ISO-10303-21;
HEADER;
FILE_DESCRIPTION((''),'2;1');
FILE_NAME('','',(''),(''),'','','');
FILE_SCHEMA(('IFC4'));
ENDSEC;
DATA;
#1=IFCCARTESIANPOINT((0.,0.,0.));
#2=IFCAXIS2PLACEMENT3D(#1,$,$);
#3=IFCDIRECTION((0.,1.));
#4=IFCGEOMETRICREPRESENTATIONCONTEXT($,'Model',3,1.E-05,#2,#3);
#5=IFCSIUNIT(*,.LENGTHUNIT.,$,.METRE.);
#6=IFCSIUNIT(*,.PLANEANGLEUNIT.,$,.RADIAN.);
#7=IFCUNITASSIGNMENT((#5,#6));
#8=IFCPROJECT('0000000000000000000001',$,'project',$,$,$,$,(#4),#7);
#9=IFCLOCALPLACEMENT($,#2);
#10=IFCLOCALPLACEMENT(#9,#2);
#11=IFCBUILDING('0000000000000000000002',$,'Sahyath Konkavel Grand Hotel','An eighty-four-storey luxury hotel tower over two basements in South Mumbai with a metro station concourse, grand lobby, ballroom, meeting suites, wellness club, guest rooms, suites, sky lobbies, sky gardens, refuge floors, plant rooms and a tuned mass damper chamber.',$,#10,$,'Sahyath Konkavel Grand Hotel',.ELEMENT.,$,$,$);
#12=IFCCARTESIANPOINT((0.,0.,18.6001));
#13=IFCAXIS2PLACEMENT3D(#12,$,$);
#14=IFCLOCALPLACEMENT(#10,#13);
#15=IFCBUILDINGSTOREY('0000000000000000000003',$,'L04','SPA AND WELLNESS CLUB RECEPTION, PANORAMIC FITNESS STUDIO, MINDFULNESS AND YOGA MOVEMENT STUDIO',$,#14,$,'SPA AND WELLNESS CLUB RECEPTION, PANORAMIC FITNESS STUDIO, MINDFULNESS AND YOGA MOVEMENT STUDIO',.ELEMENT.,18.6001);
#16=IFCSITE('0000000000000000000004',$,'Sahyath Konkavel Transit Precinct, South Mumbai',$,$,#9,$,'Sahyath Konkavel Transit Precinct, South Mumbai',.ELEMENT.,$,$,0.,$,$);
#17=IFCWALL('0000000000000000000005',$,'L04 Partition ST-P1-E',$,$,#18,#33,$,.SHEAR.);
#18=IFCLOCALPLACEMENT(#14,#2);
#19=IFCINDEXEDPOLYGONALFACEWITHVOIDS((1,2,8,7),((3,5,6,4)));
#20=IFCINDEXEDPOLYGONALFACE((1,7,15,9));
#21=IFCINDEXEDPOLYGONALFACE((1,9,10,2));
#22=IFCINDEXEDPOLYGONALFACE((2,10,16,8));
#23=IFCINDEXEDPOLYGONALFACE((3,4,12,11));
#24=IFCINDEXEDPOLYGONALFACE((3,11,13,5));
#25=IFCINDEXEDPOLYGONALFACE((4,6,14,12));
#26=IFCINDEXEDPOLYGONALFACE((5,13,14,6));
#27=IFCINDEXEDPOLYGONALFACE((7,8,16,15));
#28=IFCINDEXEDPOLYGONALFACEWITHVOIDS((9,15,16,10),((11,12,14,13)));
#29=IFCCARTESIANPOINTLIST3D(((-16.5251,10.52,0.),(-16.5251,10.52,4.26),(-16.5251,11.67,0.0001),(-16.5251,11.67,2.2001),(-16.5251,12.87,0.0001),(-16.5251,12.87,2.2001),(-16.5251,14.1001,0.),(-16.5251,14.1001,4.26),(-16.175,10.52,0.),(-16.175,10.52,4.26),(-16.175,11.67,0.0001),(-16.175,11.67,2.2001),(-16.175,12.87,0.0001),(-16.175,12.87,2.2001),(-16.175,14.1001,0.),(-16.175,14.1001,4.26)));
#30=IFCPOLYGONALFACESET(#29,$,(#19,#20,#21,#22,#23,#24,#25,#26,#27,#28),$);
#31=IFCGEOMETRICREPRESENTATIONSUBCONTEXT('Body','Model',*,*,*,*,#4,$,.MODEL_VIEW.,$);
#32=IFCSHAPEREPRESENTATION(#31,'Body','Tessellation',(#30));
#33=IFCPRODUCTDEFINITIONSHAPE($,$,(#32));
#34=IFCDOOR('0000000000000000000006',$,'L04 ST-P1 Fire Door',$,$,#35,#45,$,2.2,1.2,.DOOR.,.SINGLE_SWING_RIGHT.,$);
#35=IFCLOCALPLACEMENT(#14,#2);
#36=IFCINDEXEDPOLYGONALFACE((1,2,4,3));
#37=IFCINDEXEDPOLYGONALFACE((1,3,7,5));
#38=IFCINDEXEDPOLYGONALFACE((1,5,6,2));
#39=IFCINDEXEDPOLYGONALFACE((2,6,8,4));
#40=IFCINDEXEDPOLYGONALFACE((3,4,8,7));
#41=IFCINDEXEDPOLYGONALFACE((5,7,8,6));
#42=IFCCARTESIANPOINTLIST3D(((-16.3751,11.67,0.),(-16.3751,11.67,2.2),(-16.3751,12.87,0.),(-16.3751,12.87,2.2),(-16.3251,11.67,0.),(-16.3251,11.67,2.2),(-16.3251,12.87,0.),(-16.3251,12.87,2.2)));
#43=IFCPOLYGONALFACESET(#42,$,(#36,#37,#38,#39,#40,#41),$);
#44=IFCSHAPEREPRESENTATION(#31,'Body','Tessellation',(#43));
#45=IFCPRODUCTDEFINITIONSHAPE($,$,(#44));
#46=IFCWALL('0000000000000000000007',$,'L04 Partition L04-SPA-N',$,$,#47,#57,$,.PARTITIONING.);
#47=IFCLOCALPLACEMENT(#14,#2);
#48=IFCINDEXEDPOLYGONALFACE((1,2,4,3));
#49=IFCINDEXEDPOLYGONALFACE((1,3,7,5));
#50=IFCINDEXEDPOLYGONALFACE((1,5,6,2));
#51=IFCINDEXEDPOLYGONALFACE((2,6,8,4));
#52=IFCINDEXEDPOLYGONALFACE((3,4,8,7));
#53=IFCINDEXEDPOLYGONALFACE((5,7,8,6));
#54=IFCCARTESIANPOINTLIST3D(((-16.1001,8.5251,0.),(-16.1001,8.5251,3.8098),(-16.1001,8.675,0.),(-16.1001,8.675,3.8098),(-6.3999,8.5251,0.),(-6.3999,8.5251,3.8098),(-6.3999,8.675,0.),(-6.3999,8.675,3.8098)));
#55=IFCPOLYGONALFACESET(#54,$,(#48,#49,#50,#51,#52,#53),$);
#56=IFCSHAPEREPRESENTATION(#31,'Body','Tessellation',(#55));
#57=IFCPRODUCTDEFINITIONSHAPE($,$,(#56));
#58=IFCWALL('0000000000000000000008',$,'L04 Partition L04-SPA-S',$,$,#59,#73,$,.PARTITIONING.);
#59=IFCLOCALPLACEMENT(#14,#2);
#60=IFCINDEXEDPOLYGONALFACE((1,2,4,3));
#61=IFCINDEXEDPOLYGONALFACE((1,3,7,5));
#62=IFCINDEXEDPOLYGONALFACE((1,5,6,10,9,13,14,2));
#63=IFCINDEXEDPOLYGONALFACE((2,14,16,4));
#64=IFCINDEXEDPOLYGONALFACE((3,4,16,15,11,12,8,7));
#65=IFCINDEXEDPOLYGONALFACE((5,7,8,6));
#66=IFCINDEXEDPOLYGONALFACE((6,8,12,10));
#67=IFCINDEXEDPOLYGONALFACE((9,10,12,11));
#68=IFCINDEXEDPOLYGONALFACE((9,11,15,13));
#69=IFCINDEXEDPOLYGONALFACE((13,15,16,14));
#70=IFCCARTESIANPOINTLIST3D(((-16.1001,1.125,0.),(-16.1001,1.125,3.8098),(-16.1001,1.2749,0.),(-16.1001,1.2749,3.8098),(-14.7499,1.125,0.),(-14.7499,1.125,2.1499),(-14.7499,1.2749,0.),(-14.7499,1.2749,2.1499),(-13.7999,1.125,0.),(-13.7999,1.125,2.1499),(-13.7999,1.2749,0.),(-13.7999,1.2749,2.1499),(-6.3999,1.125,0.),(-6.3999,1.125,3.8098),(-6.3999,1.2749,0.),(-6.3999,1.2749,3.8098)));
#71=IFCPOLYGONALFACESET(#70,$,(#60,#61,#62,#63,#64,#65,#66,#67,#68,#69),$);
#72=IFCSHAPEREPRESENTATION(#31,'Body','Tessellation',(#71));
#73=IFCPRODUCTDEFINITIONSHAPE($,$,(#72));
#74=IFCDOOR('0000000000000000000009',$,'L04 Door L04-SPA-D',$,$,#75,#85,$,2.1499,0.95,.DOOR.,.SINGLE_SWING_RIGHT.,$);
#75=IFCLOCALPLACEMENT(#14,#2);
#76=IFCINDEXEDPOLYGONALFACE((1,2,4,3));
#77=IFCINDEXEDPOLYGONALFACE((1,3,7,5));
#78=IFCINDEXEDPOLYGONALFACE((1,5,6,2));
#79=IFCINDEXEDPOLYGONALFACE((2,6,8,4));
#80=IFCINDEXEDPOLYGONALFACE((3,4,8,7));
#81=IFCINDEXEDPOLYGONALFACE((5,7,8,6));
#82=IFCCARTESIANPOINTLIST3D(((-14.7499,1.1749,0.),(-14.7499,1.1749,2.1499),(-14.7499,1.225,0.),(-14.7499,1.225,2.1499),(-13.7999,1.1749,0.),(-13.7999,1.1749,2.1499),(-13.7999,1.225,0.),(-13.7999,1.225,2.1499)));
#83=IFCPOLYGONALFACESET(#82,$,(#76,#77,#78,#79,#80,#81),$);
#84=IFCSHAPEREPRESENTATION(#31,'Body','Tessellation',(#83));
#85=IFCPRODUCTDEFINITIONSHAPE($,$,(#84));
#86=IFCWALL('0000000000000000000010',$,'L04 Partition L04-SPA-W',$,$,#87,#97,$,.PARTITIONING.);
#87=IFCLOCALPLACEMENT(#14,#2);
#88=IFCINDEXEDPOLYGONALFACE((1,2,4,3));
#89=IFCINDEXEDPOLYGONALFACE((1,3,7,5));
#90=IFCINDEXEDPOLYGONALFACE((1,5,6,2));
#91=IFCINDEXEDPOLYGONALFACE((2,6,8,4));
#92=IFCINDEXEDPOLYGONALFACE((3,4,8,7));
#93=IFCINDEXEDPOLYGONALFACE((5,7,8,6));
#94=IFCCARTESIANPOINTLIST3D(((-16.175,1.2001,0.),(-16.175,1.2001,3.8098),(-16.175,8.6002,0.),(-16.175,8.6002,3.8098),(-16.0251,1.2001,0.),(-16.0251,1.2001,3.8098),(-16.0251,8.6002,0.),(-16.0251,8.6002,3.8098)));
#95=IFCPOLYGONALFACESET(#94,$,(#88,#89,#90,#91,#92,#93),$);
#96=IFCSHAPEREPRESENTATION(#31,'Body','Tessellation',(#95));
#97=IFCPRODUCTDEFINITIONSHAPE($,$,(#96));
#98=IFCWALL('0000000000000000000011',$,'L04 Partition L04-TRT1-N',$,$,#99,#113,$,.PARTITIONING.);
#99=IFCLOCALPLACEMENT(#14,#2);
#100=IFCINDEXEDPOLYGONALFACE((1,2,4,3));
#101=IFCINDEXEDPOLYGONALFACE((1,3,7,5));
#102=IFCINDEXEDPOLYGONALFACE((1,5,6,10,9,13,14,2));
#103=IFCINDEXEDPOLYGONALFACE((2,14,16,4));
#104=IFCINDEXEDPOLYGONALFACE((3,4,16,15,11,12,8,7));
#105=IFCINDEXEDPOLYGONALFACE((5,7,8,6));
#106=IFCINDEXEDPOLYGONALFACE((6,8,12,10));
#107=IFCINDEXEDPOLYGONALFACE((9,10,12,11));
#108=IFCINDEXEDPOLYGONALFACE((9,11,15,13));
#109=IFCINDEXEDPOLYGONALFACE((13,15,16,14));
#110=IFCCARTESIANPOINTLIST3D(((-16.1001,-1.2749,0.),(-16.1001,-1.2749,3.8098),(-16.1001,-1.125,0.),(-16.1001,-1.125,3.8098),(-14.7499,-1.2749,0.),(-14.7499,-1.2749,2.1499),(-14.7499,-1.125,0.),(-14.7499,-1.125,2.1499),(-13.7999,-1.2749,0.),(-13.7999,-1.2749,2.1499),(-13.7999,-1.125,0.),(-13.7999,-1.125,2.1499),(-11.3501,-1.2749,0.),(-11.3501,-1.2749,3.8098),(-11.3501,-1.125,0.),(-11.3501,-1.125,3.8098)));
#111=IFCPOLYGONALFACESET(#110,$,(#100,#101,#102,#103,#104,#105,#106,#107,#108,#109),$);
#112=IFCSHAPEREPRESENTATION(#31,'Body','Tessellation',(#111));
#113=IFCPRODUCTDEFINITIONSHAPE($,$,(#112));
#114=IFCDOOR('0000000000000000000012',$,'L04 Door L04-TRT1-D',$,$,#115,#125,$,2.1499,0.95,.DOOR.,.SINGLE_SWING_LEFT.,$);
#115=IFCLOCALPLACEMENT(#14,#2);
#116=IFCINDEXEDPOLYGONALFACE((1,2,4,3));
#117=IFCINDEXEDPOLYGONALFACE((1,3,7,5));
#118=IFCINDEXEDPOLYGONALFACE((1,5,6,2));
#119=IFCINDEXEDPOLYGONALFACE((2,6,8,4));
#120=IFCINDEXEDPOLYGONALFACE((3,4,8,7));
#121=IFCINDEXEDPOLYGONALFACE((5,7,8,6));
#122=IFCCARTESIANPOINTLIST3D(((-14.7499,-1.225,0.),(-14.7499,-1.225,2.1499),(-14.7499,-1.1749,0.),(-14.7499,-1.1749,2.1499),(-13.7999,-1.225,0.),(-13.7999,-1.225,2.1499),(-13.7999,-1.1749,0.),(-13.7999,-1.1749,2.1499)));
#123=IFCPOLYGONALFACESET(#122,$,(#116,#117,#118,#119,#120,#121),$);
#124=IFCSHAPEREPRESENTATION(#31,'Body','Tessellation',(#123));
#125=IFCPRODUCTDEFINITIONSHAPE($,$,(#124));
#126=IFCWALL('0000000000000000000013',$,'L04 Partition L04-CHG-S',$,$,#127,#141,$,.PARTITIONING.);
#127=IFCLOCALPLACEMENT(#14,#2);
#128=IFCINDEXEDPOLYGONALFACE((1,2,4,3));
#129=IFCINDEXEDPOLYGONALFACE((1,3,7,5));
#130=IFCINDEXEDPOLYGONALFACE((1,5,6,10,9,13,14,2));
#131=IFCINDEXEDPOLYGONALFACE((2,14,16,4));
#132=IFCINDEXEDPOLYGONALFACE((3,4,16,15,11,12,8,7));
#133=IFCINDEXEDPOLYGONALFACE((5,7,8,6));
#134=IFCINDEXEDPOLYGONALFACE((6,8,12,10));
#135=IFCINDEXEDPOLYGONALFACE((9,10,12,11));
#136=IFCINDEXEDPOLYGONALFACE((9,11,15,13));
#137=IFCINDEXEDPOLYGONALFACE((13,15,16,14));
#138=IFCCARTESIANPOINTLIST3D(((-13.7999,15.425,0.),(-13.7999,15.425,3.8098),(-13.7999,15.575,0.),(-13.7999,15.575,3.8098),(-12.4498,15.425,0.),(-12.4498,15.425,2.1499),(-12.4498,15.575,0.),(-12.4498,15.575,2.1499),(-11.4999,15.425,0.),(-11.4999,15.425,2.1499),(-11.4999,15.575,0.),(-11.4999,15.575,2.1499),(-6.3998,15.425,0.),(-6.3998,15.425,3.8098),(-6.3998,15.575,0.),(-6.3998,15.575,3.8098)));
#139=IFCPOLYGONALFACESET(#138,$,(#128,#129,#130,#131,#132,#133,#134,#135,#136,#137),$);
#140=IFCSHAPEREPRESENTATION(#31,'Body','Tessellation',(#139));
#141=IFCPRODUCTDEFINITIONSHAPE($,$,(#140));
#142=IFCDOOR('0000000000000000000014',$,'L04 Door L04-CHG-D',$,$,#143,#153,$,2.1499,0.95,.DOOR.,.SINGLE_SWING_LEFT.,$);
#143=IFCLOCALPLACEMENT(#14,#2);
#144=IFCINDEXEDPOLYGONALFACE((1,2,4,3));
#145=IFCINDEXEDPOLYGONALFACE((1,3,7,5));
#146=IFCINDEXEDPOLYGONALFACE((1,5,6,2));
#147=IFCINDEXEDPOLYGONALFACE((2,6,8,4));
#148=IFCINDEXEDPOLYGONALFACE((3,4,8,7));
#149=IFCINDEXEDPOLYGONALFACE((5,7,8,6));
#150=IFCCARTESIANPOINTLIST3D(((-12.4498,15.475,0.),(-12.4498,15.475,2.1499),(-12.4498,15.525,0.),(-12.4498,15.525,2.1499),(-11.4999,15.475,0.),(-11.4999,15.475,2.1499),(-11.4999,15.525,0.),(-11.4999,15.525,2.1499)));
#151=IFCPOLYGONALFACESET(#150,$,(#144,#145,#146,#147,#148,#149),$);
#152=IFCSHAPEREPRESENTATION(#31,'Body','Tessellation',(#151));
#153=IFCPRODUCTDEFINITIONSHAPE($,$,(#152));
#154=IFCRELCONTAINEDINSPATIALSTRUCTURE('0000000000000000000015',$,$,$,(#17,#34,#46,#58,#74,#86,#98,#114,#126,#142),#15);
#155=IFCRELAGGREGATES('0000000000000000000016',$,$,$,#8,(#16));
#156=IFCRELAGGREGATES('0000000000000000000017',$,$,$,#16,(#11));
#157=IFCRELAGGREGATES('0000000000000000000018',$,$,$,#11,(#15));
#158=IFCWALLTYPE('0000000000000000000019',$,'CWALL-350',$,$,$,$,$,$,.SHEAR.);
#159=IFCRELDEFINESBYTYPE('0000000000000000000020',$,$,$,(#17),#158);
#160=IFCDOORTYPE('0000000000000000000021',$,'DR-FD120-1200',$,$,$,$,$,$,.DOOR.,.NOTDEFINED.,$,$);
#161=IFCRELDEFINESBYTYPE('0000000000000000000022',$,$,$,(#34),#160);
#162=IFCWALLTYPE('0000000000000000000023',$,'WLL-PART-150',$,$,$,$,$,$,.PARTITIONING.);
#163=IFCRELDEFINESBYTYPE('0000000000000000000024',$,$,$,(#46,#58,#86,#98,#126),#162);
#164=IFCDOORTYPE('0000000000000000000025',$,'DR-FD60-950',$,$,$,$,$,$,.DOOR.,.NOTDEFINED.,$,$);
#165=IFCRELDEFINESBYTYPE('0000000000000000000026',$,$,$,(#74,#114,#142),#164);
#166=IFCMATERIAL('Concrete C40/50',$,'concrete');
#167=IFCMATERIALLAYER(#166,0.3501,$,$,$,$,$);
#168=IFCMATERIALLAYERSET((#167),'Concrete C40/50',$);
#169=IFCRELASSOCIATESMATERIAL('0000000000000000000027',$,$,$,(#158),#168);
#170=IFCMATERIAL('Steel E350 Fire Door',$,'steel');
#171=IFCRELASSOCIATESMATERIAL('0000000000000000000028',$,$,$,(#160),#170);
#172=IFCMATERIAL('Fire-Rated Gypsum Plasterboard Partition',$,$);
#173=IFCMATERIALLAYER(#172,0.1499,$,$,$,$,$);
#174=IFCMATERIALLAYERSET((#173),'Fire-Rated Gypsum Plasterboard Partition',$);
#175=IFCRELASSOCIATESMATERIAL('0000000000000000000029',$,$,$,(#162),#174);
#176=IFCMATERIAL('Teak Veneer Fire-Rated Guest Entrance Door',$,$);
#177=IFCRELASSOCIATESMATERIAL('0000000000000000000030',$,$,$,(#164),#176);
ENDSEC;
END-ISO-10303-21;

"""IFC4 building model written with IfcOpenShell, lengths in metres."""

from ifc_helpers import new_model, si_unit, direction, frame, frame_2d, origin, origin_2d, place, context, subcontext, project, spatial, rectangle, extrude, source, transform, mapped, material, layer, layer_set, type_object, element, fill, save


model = new_model("IFC4")

# Units and contexts
model_context = context("Model", 3, precision=1e-05, world=origin(), true_north=direction((0.0, 1.0)))
body_context = subcontext(model_context, "Body", "Model", "MODEL_VIEW")
ifc_project = project(units=[si_unit("LENGTHUNIT", "METRE"), si_unit("PLANEANGLEUNIT", "RADIAN")], contexts=[model_context])

# Site, building, storey
site_placement = place(None, origin())
site = spatial("IfcSite", under=ifc_project, at=site_placement, Name="Sahyath Konkavel Transit Precinct, South Mumbai", LongName="Sahyath Konkavel Transit Precinct, South Mumbai", CompositionType="ELEMENT", RefElevation=0.0)
building_placement = place(site_placement, origin())
building = spatial("IfcBuilding", under=site, at=building_placement, Name="Sahyath Konkavel Grand Hotel", Description="An eighty-four-storey luxury hotel tower over two basements in South Mumbai with a metro station concourse, grand lobby, ballroom, meeting suites, wellness club, guest rooms, suites, sky lobbies, sky gardens, refuge floors, plant rooms and a tuned mass damper chamber.", LongName="Sahyath Konkavel Grand Hotel", CompositionType="ELEMENT")
storey_placement = place(building_placement, frame((0.0, 0.0, 18.6001)))
storey = spatial("IfcBuildingStorey", under=building, at=storey_placement, Name="L04", Description="SPA AND WELLNESS CLUB RECEPTION, PANORAMIC FITNESS STUDIO, MINDFULNESS AND YOGA MOVEMENT STUDIO", LongName="SPA AND WELLNESS CLUB RECEPTION, PANORAMIC FITNESS STUDIO, MINDFULNESS AND YOGA MOVEMENT STUDIO", CompositionType="ELEMENT", Elevation=18.6001)

# Shared definitions
ifc_material_1 = material(Name="Concrete C40/50", Category="concrete")
ifc_layer_1 = layer(ifc_material_1, 0.3501)
ifc_layer_set_1 = layer_set([ifc_layer_1], Name="Concrete C40/50")
wall_type_1 = type_object("IfcWallType", Name="CWALL-350", PredefinedType="SHEAR", material=ifc_layer_set_1)

# Wall, opening, door
wall_1_placement = place(storey_placement, frame((-16.3501, 10.52, 0.0), z_axis=(0.0, 0.0, 1.0), x_axis=(0.0, 1.0, 0.0)))
wall_1 = element("IfcWall", 1, at=wall_1_placement, inside=storey, type_object=wall_type_1, Name="L04 Partition ST-P1-E", PredefinedType="SHEAR", context=body_context, shape_type="SweptSolid", body=[
    extrude(rectangle(XDim=3.5801, YDim=0.3501, at=frame_2d((1.79, 0.0))), origin(), (0.0, 0.0, 1.0), 4.26),
])
opening_1_placement = place(wall_1_placement, frame((1.1499, 0.0, 0.0)))
opening_1 = element("IfcOpeningElement", 2, at=opening_1_placement, cuts=wall_1, PredefinedType="OPENING", context=body_context, shape_type="SweptSolid", body=[
    extrude(rectangle(XDim=1.2, YDim=2.2, at=frame_2d((0.6001, 1.1001))), frame((0.0, 0.1851, 0.0), z_axis=(0.0, -1.0, 0.0), x_axis=(1.0, 0.0, 0.0)), (0.0, 0.0, 1.0), 0.3701),
])
ifc_material_2 = material(Name="Steel E350 Fire Door", Category="steel")
door_type_1 = type_object("IfcDoorType", Name="DR-FD120-1200", OperationType="NOTDEFINED", PredefinedType="DOOR", material=ifc_material_2)
shared_shape_1 = source(origin(), body_context, "Body", "SweptSolid", [
    extrude(rectangle(XDim=1.2, YDim=0.05, at=origin_2d()), origin(), (0.0, 0.0, 1.0), 2.2),
])
door_1_placement = place(opening_1_placement, frame((0.6001, 0.0, 0.0)))
door_1 = element("IfcDoor", 3, at=door_1_placement, inside=storey, type_object=door_type_1, Name="L04 ST-P1 Fire Door", OperationType="SINGLE_SWING_RIGHT", OverallHeight=2.2, OverallWidth=1.2, PredefinedType="DOOR", context=body_context, shape_type="MappedRepresentation", body=[
    mapped(shared_shape_1, transform((0.0, 0.0, 0.0), scale=1.0)),
])
fill(opening_1, door_1)

# Wall
ifc_material_3 = material(Name="Fire-Rated Gypsum Plasterboard Partition")
ifc_layer_2 = layer(ifc_material_3, 0.1499)
ifc_layer_set_2 = layer_set([ifc_layer_2], Name="Fire-Rated Gypsum Plasterboard Partition")
wall_type_2 = type_object("IfcWallType", Name="WLL-PART-150", PredefinedType="PARTITIONING", material=ifc_layer_set_2)
wall_2_placement = place(storey_placement, frame((-16.1001, 8.6001, 0.0), z_axis=(0.0, 0.0, 1.0), x_axis=(1.0, 0.0, 0.0)))
element("IfcWall", 4, at=wall_2_placement, inside=storey, type_object=wall_type_2, Name="L04 Partition L04-SPA-N", PredefinedType="PARTITIONING", context=body_context, shape_type="SweptSolid", body=[
    extrude(rectangle(XDim=9.7002, YDim=0.1499, at=frame_2d((4.8501, 0.0))), origin(), (0.0, 0.0, 1.0), 3.8098),
])

# Wall, opening, door
wall_3_placement = place(storey_placement, frame((-16.1001, 1.2, 0.0), z_axis=(0.0, 0.0, 1.0), x_axis=(1.0, 0.0, 0.0)))
wall_3 = element("IfcWall", 5, at=wall_3_placement, inside=storey, type_object=wall_type_2, Name="L04 Partition L04-SPA-S", PredefinedType="PARTITIONING", context=body_context, shape_type="SweptSolid", body=[
    extrude(rectangle(XDim=9.7002, YDim=0.1499, at=frame_2d((4.8501, 0.0))), origin(), (0.0, 0.0, 1.0), 3.8098),
])
opening_2_placement = place(wall_3_placement, frame((1.3501, 0.0, 0.0)))
opening_2 = element("IfcOpeningElement", 6, at=opening_2_placement, cuts=wall_3, PredefinedType="OPENING", context=body_context, shape_type="SweptSolid", body=[
    extrude(rectangle(XDim=0.95, YDim=2.1499, at=frame_2d((0.4751, 1.075))), frame((0.0, 0.085, 0.0), z_axis=(0.0, -1.0, 0.0), x_axis=(1.0, 0.0, 0.0)), (0.0, 0.0, 1.0), 0.1699),
])
ifc_material_4 = material(Name="Teak Veneer Fire-Rated Guest Entrance Door")
door_type_2 = type_object("IfcDoorType", Name="DR-FD60-950", OperationType="NOTDEFINED", PredefinedType="DOOR", material=ifc_material_4)
shared_shape_2 = source(origin(), body_context, "Body", "SweptSolid", [
    extrude(rectangle(XDim=0.95, YDim=0.05, at=origin_2d()), origin(), (0.0, 0.0, 1.0), 2.1499),
])
door_2_placement = place(opening_2_placement, frame((0.4751, 0.0, 0.0)))
door_2 = element("IfcDoor", 7, at=door_2_placement, inside=storey, type_object=door_type_2, Name="L04 Door L04-SPA-D", OperationType="SINGLE_SWING_RIGHT", OverallHeight=2.1499, OverallWidth=0.95, PredefinedType="DOOR", context=body_context, shape_type="MappedRepresentation", body=[
    mapped(shared_shape_2, transform((0.0, 0.0, 0.0), scale=1.0)),
])
fill(opening_2, door_2)

# Wall
wall_4_placement = place(storey_placement, frame((-16.1001, 1.2, 0.0), z_axis=(0.0, 0.0, 1.0), x_axis=(0.0, 1.0, 0.0)))
element("IfcWall", 8, at=wall_4_placement, inside=storey, type_object=wall_type_2, Name="L04 Partition L04-SPA-W", PredefinedType="PARTITIONING", context=body_context, shape_type="SweptSolid", body=[
    extrude(rectangle(XDim=7.4001, YDim=0.1499, at=frame_2d((3.7002, 0.0))), origin(), (0.0, 0.0, 1.0), 3.8098),
])

# Walls, openings, doors
wall_5_placement = place(storey_placement, frame((-16.1001, -1.2, 0.0), z_axis=(0.0, 0.0, 1.0), x_axis=(1.0, 0.0, 0.0)))
wall_5 = element("IfcWall", 9, at=wall_5_placement, inside=storey, type_object=wall_type_2, Name="L04 Partition L04-TRT1-N", PredefinedType="PARTITIONING", context=body_context, shape_type="SweptSolid", body=[
    extrude(rectangle(XDim=4.75, YDim=0.1499, at=frame_2d((2.375, 0.0))), origin(), (0.0, 0.0, 1.0), 3.8098),
])
opening_3_placement = place(wall_5_placement, frame((1.3501, 0.0, 0.0)))
opening_3 = element("IfcOpeningElement", 10, at=opening_3_placement, cuts=wall_5, PredefinedType="OPENING", context=body_context, shape_type="SweptSolid", body=[
    extrude(rectangle(XDim=0.95, YDim=2.1499, at=frame_2d((0.4751, 1.075))), frame((0.0, 0.085, 0.0), z_axis=(0.0, -1.0, 0.0), x_axis=(1.0, 0.0, 0.0)), (0.0, 0.0, 1.0), 0.1699),
])
door_3_placement = place(opening_3_placement, frame((0.4751, 0.0, 0.0)))
door_3 = element("IfcDoor", 11, at=door_3_placement, inside=storey, type_object=door_type_2, Name="L04 Door L04-TRT1-D", OperationType="SINGLE_SWING_LEFT", OverallHeight=2.1499, OverallWidth=0.95, PredefinedType="DOOR", context=body_context, shape_type="MappedRepresentation", body=[
    mapped(shared_shape_2, transform((0.0, 0.0, 0.0), scale=1.0)),
])
fill(opening_3, door_3)
wall_6_placement = place(storey_placement, frame((-13.8, 15.5, 0.0), z_axis=(0.0, 0.0, 1.0), x_axis=(1.0, 0.0, 0.0)))
wall_6 = element("IfcWall", 12, at=wall_6_placement, inside=storey, type_object=wall_type_2, Name="L04 Partition L04-CHG-S", PredefinedType="PARTITIONING", context=body_context, shape_type="SweptSolid", body=[
    extrude(rectangle(XDim=7.4001, YDim=0.1499, at=frame_2d((3.7002, 0.0))), origin(), (0.0, 0.0, 1.0), 3.8098),
])
opening_4_placement = place(wall_6_placement, frame((1.3501, 0.0, 0.0)))
opening_4 = element("IfcOpeningElement", 13, at=opening_4_placement, cuts=wall_6, PredefinedType="OPENING", context=body_context, shape_type="SweptSolid", body=[
    extrude(rectangle(XDim=0.95, YDim=2.1499, at=frame_2d((0.4751, 1.075))), frame((0.0, 0.085, 0.0), z_axis=(0.0, -1.0, 0.0), x_axis=(1.0, 0.0, 0.0)), (0.0, 0.0, 1.0), 0.1699),
])
door_4_placement = place(opening_4_placement, frame((0.4751, 0.0, 0.0)))
door_4 = element("IfcDoor", 14, at=door_4_placement, inside=storey, type_object=door_type_2, Name="L04 Door L04-CHG-D", OperationType="SINGLE_SWING_LEFT", OverallHeight=2.1499, OverallWidth=0.95, PredefinedType="DOOR", context=body_context, shape_type="MappedRepresentation", body=[
    mapped(shared_shape_2, transform((0.0, 0.0, 0.0), scale=1.0)),
])
fill(opening_4, door_4)

save(model, "model.ifc")
